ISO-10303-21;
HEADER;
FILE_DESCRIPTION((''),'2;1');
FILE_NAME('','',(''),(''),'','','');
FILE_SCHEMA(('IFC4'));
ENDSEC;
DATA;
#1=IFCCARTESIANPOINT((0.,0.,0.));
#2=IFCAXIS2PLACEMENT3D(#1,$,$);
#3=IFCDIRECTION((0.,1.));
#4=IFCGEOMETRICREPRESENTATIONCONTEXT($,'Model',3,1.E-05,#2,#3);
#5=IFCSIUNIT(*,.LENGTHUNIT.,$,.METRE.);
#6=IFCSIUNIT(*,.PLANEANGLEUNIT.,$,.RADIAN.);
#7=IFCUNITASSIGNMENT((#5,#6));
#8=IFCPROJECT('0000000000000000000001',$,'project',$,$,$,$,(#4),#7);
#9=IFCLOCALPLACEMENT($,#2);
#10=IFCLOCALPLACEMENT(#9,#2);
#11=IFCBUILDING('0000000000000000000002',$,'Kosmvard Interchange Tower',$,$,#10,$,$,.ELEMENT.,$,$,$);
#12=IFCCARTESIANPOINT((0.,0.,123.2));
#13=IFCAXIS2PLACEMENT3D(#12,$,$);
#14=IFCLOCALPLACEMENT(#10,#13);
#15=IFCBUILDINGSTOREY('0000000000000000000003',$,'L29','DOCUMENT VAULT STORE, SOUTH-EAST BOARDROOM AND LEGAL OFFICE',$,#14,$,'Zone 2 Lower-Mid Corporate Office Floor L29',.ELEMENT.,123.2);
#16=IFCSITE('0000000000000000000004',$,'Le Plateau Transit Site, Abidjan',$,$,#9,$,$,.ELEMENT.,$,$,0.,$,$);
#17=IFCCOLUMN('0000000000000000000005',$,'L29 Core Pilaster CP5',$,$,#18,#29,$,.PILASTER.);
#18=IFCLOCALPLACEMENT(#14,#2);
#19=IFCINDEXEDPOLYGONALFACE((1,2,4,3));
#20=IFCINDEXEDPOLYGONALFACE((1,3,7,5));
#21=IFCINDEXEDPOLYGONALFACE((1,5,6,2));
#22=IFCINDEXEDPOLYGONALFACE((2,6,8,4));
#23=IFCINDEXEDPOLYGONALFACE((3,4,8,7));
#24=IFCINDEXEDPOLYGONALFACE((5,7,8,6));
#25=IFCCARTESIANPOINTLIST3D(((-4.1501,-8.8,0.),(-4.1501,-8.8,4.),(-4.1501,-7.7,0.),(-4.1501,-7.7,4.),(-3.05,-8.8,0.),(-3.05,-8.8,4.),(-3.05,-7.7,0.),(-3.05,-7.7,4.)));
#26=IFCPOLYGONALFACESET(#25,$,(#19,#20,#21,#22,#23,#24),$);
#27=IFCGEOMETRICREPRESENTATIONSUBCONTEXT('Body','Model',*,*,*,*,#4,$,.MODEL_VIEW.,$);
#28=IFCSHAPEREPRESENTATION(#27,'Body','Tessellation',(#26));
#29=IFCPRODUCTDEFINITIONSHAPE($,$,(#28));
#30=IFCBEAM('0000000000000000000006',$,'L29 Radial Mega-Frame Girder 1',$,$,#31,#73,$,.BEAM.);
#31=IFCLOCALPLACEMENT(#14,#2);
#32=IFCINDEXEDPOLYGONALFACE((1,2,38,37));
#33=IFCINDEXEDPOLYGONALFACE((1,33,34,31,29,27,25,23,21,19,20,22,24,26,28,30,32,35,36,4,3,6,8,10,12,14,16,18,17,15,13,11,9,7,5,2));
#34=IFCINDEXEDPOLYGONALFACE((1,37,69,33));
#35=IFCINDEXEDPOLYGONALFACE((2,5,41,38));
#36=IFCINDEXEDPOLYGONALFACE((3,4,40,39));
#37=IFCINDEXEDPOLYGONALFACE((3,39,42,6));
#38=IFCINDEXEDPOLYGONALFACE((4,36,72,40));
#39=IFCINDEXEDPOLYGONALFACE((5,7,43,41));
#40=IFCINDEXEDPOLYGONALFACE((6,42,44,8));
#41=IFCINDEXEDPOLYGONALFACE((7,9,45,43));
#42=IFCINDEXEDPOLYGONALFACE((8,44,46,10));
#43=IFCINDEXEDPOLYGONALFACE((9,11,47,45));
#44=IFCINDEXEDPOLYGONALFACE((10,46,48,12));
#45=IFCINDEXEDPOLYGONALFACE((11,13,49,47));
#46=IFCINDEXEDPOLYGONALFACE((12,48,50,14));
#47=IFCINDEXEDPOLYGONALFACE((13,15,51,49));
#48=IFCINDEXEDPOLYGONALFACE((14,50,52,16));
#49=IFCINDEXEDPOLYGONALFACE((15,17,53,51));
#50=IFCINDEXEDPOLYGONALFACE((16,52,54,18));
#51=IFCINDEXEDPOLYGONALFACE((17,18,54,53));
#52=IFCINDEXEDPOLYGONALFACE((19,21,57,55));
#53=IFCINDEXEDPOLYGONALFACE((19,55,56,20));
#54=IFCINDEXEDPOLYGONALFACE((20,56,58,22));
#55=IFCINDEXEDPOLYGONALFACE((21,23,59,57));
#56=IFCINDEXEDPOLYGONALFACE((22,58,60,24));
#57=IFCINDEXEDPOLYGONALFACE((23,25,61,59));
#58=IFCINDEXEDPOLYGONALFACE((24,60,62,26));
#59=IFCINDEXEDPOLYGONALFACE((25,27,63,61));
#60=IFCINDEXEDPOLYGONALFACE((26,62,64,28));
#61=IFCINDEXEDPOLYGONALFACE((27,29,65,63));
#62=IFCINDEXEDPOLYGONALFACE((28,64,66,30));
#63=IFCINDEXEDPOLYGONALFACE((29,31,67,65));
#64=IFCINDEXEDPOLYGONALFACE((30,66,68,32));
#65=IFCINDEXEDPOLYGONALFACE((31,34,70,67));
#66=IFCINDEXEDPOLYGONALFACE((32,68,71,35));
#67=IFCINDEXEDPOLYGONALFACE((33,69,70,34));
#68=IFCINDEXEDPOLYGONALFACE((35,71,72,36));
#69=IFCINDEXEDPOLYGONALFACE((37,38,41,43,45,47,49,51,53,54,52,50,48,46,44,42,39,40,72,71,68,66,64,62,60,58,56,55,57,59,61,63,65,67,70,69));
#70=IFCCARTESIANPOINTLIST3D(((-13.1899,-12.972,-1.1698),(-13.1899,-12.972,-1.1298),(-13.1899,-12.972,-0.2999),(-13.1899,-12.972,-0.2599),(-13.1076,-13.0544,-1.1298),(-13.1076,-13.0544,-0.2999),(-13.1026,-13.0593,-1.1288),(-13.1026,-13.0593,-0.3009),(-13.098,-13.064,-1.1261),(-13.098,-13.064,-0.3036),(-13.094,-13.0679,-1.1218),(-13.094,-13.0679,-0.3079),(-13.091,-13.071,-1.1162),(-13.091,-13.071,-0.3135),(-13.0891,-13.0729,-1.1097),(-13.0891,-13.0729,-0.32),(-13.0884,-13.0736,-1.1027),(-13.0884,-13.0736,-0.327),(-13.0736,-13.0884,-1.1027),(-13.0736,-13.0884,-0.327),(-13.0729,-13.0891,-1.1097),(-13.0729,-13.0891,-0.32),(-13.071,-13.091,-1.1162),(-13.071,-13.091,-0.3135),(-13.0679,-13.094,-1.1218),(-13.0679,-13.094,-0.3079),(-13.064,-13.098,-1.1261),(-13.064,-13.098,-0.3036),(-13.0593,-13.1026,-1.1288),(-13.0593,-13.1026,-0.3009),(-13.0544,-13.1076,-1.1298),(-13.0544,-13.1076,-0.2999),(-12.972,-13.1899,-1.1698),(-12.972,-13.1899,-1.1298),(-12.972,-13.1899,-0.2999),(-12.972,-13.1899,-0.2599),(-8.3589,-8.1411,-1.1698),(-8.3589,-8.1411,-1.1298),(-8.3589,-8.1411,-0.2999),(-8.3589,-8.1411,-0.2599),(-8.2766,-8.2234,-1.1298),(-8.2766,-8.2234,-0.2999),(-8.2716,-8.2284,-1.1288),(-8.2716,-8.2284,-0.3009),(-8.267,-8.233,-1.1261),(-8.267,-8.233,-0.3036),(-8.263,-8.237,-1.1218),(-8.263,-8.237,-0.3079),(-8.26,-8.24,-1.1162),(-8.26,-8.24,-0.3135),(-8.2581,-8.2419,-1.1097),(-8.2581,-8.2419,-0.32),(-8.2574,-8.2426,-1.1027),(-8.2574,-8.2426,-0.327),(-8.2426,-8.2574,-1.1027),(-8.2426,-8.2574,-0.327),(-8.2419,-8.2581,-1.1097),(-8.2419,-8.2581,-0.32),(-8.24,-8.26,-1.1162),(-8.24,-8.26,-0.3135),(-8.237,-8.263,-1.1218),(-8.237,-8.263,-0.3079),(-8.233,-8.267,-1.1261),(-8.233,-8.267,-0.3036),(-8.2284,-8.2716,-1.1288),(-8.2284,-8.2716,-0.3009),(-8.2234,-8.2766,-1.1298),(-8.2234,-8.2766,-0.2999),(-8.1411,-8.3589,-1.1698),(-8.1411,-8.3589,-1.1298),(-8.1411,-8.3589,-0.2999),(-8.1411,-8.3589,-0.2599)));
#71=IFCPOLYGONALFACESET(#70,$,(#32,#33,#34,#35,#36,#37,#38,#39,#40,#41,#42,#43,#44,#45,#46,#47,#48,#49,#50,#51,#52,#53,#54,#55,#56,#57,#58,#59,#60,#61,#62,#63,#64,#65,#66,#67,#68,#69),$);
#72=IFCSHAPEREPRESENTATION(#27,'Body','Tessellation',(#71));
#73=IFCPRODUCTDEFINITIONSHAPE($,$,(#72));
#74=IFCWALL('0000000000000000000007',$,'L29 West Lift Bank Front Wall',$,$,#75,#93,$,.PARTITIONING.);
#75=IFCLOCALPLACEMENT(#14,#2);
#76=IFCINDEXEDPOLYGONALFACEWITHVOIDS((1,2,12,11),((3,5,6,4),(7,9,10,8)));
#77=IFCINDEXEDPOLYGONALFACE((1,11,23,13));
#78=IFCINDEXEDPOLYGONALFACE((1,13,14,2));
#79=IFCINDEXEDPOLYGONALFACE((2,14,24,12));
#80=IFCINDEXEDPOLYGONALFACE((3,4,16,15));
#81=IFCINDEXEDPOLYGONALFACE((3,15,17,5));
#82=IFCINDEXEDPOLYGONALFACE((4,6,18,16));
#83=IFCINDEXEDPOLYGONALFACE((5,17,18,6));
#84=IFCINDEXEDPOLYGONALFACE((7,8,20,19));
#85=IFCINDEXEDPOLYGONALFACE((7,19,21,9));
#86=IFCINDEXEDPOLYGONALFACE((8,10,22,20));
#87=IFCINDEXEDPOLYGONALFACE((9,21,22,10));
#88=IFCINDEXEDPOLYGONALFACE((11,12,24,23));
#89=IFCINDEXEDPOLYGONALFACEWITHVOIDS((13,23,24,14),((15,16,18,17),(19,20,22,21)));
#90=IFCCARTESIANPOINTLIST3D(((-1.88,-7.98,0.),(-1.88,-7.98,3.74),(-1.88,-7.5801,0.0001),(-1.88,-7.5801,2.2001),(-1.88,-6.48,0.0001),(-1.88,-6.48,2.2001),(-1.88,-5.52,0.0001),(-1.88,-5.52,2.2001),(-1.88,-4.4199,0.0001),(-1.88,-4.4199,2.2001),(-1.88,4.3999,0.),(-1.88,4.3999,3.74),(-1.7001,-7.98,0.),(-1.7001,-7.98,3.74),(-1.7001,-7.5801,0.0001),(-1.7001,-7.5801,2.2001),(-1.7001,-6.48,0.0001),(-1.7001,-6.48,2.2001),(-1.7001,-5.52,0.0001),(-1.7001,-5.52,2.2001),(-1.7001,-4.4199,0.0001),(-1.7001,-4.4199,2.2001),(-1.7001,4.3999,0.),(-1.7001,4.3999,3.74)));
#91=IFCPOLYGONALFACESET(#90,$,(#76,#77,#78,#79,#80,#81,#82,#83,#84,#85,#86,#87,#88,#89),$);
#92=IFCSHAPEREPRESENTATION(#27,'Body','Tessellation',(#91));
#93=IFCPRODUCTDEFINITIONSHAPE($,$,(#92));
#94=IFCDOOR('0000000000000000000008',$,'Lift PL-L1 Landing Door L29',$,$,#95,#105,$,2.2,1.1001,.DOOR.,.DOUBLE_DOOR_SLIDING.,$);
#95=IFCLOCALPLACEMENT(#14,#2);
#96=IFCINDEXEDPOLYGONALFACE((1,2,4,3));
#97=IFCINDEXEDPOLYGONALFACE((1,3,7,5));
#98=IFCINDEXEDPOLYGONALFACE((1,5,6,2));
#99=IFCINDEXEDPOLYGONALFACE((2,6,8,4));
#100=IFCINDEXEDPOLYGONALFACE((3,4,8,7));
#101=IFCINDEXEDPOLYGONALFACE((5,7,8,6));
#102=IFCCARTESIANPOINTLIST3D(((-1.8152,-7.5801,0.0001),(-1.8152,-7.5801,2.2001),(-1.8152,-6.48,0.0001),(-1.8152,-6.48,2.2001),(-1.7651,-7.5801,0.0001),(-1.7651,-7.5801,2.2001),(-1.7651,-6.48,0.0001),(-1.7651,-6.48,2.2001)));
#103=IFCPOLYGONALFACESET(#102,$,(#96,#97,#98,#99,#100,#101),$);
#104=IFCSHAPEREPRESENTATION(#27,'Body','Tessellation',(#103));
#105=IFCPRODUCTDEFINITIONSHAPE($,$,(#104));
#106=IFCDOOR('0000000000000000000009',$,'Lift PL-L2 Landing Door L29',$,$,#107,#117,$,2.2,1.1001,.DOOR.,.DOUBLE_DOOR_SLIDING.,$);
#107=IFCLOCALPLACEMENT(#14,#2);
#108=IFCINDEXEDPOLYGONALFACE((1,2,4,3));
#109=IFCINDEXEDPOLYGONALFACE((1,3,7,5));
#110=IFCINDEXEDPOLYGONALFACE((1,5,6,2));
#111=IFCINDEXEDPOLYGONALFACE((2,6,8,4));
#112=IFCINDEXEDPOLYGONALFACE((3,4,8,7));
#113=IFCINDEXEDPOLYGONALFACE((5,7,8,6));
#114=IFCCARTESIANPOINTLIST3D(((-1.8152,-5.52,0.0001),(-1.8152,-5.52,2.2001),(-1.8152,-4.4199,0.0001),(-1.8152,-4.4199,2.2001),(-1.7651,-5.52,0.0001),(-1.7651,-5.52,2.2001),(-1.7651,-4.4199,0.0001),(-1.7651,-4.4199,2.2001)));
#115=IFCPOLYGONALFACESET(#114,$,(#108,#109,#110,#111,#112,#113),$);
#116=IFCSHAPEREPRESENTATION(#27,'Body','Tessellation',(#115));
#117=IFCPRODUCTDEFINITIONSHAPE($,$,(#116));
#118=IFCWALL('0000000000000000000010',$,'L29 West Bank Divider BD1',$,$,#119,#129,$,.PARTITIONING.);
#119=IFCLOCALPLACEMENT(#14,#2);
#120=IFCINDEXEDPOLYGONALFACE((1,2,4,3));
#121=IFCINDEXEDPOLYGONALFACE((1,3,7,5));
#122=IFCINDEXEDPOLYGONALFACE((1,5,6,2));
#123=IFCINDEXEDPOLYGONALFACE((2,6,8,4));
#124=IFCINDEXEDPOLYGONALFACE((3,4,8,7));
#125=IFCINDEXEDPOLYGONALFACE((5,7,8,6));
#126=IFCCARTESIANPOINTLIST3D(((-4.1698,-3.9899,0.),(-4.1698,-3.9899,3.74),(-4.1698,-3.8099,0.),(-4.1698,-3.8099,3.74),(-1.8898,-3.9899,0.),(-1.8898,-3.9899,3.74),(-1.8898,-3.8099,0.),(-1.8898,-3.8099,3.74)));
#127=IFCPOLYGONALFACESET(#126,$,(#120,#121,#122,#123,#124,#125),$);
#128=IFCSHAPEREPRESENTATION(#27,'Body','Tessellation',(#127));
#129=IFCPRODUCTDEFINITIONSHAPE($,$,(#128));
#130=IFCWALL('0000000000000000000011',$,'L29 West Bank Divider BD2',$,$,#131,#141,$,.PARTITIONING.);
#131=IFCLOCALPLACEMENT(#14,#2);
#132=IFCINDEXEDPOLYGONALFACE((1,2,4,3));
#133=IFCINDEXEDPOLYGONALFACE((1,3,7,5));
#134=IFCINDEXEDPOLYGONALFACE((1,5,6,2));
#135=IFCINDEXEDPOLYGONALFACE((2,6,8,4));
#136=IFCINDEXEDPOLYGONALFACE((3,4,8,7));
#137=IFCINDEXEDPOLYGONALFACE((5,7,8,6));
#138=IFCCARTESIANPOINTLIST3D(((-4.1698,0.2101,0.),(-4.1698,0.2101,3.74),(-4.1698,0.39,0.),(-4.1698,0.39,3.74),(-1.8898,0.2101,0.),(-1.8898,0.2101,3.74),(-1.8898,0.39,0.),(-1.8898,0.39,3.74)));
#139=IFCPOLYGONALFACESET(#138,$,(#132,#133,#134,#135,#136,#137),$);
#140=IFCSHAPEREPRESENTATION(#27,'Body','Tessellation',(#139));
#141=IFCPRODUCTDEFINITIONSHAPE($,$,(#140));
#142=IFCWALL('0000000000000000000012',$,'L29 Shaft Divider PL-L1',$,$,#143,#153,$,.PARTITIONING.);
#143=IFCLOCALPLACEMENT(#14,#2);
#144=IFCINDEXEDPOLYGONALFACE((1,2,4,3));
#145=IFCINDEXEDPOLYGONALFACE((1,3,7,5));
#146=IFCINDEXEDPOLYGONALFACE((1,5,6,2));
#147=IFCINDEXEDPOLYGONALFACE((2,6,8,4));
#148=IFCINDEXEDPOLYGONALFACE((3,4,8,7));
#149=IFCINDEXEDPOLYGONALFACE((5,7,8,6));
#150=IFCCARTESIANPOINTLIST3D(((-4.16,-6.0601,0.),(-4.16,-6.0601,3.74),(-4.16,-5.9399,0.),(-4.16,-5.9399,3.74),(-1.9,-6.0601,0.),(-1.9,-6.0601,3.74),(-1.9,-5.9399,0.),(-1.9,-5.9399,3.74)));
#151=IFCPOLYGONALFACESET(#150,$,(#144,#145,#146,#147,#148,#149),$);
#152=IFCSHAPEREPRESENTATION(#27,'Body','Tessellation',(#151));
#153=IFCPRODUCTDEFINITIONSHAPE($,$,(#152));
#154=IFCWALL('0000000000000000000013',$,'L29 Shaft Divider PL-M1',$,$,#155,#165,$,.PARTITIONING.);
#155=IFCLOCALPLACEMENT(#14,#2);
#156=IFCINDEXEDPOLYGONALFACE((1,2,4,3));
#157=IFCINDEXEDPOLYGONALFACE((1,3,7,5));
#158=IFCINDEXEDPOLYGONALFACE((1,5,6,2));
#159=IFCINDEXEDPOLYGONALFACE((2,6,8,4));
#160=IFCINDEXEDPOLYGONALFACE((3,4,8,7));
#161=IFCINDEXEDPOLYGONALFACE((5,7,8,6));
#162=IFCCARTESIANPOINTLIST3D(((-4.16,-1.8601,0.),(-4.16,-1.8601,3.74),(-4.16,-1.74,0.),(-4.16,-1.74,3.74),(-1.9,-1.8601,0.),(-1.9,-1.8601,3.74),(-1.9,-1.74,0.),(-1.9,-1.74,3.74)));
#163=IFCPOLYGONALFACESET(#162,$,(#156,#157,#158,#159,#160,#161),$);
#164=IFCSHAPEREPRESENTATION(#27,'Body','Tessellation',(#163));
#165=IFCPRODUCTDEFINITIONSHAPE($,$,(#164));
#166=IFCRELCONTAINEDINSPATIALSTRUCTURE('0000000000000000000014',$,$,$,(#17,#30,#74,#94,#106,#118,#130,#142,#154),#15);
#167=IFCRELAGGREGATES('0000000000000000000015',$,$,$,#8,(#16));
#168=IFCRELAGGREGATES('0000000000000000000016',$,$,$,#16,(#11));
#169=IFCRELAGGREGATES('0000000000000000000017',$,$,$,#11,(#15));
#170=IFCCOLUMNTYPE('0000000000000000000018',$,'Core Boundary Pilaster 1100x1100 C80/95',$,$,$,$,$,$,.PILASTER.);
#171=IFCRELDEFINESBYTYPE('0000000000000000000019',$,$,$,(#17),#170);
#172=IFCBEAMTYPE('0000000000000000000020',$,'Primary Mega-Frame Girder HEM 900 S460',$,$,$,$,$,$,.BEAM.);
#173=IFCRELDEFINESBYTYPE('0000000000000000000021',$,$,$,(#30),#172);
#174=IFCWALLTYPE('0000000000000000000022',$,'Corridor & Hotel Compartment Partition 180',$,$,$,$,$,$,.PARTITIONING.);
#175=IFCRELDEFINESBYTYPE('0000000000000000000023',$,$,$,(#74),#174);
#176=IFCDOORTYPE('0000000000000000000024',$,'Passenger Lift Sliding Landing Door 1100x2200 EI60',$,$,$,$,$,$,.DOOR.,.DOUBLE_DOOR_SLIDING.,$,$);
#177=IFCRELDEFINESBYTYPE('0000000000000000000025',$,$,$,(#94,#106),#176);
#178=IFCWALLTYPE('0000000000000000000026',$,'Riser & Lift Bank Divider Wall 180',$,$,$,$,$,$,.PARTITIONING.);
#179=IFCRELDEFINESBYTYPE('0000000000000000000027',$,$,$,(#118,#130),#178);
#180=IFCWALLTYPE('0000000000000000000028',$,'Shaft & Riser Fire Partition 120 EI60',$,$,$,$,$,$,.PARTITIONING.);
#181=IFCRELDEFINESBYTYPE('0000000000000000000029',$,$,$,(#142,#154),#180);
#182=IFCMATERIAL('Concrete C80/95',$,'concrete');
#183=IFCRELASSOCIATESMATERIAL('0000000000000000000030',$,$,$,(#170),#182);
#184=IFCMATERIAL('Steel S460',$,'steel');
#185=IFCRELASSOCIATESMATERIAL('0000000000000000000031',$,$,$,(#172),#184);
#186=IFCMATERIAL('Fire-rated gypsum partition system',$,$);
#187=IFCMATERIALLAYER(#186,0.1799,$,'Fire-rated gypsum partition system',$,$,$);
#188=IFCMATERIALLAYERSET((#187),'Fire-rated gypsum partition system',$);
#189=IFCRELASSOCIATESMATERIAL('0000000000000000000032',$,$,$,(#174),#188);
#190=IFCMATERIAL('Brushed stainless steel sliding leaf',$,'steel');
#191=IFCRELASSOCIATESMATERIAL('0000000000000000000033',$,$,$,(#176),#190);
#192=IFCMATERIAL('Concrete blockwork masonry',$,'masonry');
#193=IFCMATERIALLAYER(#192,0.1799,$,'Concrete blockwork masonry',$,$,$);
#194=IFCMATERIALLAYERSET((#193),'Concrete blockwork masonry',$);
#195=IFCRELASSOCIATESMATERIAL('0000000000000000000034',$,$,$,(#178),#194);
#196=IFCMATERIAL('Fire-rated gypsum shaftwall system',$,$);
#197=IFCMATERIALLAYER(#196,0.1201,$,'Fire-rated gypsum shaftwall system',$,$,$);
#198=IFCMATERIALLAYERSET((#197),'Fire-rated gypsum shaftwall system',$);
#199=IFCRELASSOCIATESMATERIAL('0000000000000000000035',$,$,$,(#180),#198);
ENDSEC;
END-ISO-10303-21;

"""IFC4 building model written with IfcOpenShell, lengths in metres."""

from ifc_helpers import new_model, si_unit, direction, frame, frame_2d, origin, origin_2d, place, context, subcontext, project, spatial, rectangle, i_section, extrude, source, transform, mapped, material, layer, layer_set, material_profile, profile_set, type_object, element, fill, save


model = new_model("IFC4")

# Units and contexts
model_context = context("Model", 3, precision=1e-05, world=origin(), true_north=direction((0.0, 1.0)))
body_context = subcontext(model_context, "Body", "Model", "MODEL_VIEW")
ifc_project = project(units=[si_unit("LENGTHUNIT", "METRE"), si_unit("PLANEANGLEUNIT", "RADIAN")], contexts=[model_context])

# Site, building, storey
site_placement = place(None, origin())
site = spatial("IfcSite", under=ifc_project, at=site_placement, Name="Le Plateau Transit Site, Abidjan", CompositionType="ELEMENT", RefElevation=0.0)
building_placement = place(site_placement, origin())
building = spatial("IfcBuilding", under=site, at=building_placement, Name="Kosmvard Interchange Tower", CompositionType="ELEMENT")
storey_placement = place(building_placement, frame((0.0, 0.0, 123.2)))
storey = spatial("IfcBuildingStorey", under=building, at=storey_placement, Name="L29", Description="DOCUMENT VAULT STORE, SOUTH-EAST BOARDROOM AND LEGAL OFFICE", LongName="Zone 2 Lower-Mid Corporate Office Floor L29", CompositionType="ELEMENT", Elevation=123.2)

# Column
ifc_material_1 = material(Name="Concrete C80/95", Category="concrete")
ifc_material_profile_1 = material_profile(ifc_material_1, rectangle(XDim=1.1001, YDim=1.1001, at=origin_2d()), Name="CP 1100x1100")
ifc_profile_set_1 = profile_set([ifc_material_profile_1], Name="Concrete C80/95")
column_type = type_object("IfcColumnType", Name="Core Boundary Pilaster 1100x1100 C80/95", PredefinedType="PILASTER", material=ifc_profile_set_1)
shared_shape_1 = source(origin(), body_context, "Body", "SweptSolid", [
    extrude(rectangle(XDim=1.1001, YDim=1.1001, at=origin_2d()), origin(), (0.0, 0.0, 1.0), 4.0),
])
column_placement = place(storey_placement, frame((-3.6001, -8.25, 0.0), z_axis=(0.0, 0.0, 1.0), x_axis=(1.0, 0.0, 0.0)))
element("IfcColumn", 1, at=column_placement, inside=storey, type_object=column_type, Name="L29 Core Pilaster CP5", PredefinedType="PILASTER", context=body_context, shape_type="MappedRepresentation", body=[
    mapped(shared_shape_1, transform((0.0, 0.0, 0.0), scale=1.0)),
])

# Beam
ifc_material_2 = material(Name="Steel S460", Category="steel")
ifc_material_profile_2 = material_profile(ifc_material_2, i_section(OverallWidth=0.3081, OverallDepth=0.9099, WebThickness=0.021, FlangeThickness=0.04, FilletRadius=0.0271, at=origin_2d()), Name="HEM 900")
ifc_profile_set_2 = profile_set([ifc_material_profile_2], Name="Steel S460")
beam_type = type_object("IfcBeamType", Name="Primary Mega-Frame Girder HEM 900 S460", PredefinedType="BEAM", material=ifc_profile_set_2)
shared_shape_2 = source(origin(), body_context, "Body", "SweptSolid", [
    extrude(i_section(OverallWidth=0.3081, OverallDepth=0.9099, WebThickness=0.021, FlangeThickness=0.04, FilletRadius=0.0271, at=origin_2d()), origin(), (0.0, 0.0, 1.0), 6.832),
])
beam_placement = place(storey_placement, frame((-8.25, -8.25, -0.7148), z_axis=(-0.707107, -0.707107, 0.0), x_axis=(0.707107, -0.707107, 0.0)))
element("IfcBeam", 2, at=beam_placement, inside=storey, type_object=beam_type, Name="L29 Radial Mega-Frame Girder 1", PredefinedType="BEAM", context=body_context, shape_type="MappedRepresentation", body=[
    mapped(shared_shape_2, transform((0.0, 0.0, 0.0), scale=1.0)),
])

# Wall, openings, doors
ifc_material_3 = material(Name="Fire-rated gypsum partition system")
ifc_layer_1 = layer(ifc_material_3, 0.1799, Name="Fire-rated gypsum partition system")
ifc_layer_set_1 = layer_set([ifc_layer_1], Name="Fire-rated gypsum partition system")
wall_type_1 = type_object("IfcWallType", Name="Corridor & Hotel Compartment Partition 180", PredefinedType="PARTITIONING", material=ifc_layer_set_1)
wall_1_placement = place(storey_placement, frame((-1.79, -7.98, 0.0), z_axis=(0.0, 0.0, 1.0), x_axis=(0.0, 1.0, 0.0)))
wall_1 = element("IfcWall", 3, at=wall_1_placement, inside=storey, type_object=wall_type_1, Name="L29 West Lift Bank Front Wall", PredefinedType="PARTITIONING", context=body_context, shape_type="SweptSolid", body=[
    extrude(rectangle(XDim=12.3799, YDim=0.1799, at=frame_2d((6.1899, 0.0))), origin(), (0.0, 0.0, 1.0), 3.74),
])
opening_1_placement = place(wall_1_placement, frame((0.3999, 0.0, 0.0)))
opening_1 = element("IfcOpeningElement", 4, at=opening_1_placement, cuts=wall_1, PredefinedType="OPENING", context=body_context, shape_type="SweptSolid", body=[
    extrude(rectangle(XDim=1.1001, YDim=2.2, at=frame_2d((0.55, 1.1001))), frame((0.0, 0.1001, 0.0), z_axis=(0.0, -1.0, 0.0), x_axis=(1.0, 0.0, 0.0)), (0.0, 0.0, 1.0), 0.2),
])
opening_2_placement = place(wall_1_placement, frame((2.46, 0.0, 0.0)))
opening_2 = element("IfcOpeningElement", 5, at=opening_2_placement, cuts=wall_1, PredefinedType="OPENING", context=body_context, shape_type="SweptSolid", body=[
    extrude(rectangle(XDim=1.1001, YDim=2.2, at=frame_2d((0.55, 1.1001))), frame((0.0, 0.1001, 0.0), z_axis=(0.0, -1.0, 0.0), x_axis=(1.0, 0.0, 0.0)), (0.0, 0.0, 1.0), 0.2),
])
ifc_material_4 = material(Name="Brushed stainless steel sliding leaf", Category="steel")
door_type_1 = type_object("IfcDoorType", Name="Passenger Lift Sliding Landing Door 1100x2200 EI60", OperationType="DOUBLE_DOOR_SLIDING", PredefinedType="DOOR", material=ifc_material_4)
shared_shape_3 = source(origin(), body_context, "Body", "SweptSolid", [
    extrude(rectangle(XDim=1.1001, YDim=2.2, at=frame_2d((0.55, 1.1001))), frame((0.0, 0.0249, 0.0), z_axis=(0.0, -1.0, 0.0), x_axis=(1.0, 0.0, 0.0)), (0.0, 0.0, 1.0), 0.05),
])
door_1_placement = place(opening_1_placement, frame((1.1001, 0.0, 0.0), z_axis=(0.0, 0.0, 1.0), x_axis=(-1.0, 0.0, 0.0)))
door_1 = element("IfcDoor", 6, at=door_1_placement, inside=storey, type_object=door_type_1, Name="Lift PL-L1 Landing Door L29", OperationType="DOUBLE_DOOR_SLIDING", OverallHeight=2.2, OverallWidth=1.1001, PredefinedType="DOOR", context=body_context, shape_type="MappedRepresentation", body=[
    mapped(shared_shape_3, transform((0.0, 0.0, 0.0), scale=1.0)),
])
fill(opening_1, door_1)
door_2_placement = place(opening_2_placement, frame((1.1001, 0.0, 0.0), z_axis=(0.0, 0.0, 1.0), x_axis=(-1.0, 0.0, 0.0)))
door_2 = element("IfcDoor", 7, at=door_2_placement, inside=storey, type_object=door_type_1, Name="Lift PL-L2 Landing Door L29", OperationType="DOUBLE_DOOR_SLIDING", OverallHeight=2.2, OverallWidth=1.1001, PredefinedType="DOOR", context=body_context, shape_type="MappedRepresentation", body=[
    mapped(shared_shape_3, transform((0.0, 0.0, 0.0), scale=1.0)),
])
fill(opening_2, door_2)

# Walls
ifc_material_5 = material(Name="Concrete blockwork masonry", Category="masonry")
ifc_layer_2 = layer(ifc_material_5, 0.1799, Name="Concrete blockwork masonry")
ifc_layer_set_2 = layer_set([ifc_layer_2], Name="Concrete blockwork masonry")
wall_type_2 = type_object("IfcWallType", Name="Riser & Lift Bank Divider Wall 180", PredefinedType="PARTITIONING", material=ifc_layer_set_2)
for number, where, z_axis, x_axis, name in (
    (8, (-4.1699, -3.8999, 0.0), (0.0, 0.0, 1.0), (1.0, 0.0, 0.0), "L29 West Bank Divider BD1"),
    (9, (-4.1699, 0.3, 0.0), (0.0, 0.0, 1.0), (1.0, 0.0, 0.0), "L29 West Bank Divider BD2"),
):
    element("IfcWall", number, at=place(storey_placement, frame(where, z_axis=z_axis, x_axis=x_axis)), inside=storey, type_object=wall_type_2, Name=name, PredefinedType="PARTITIONING", context=body_context, shape_type="SweptSolid", body=[
        extrude(rectangle(XDim=2.28, YDim=0.1799, at=frame_2d((1.1401, 0.0))), origin(), (0.0, 0.0, 1.0), 3.74),
    ])
ifc_material_6 = material(Name="Fire-rated gypsum shaftwall system")
ifc_layer_3 = layer(ifc_material_6, 0.1201, Name="Fire-rated gypsum shaftwall system")
ifc_layer_set_3 = layer_set([ifc_layer_3], Name="Fire-rated gypsum shaftwall system")
wall_type_3 = type_object("IfcWallType", Name="Shaft & Riser Fire Partition 120 EI60", PredefinedType="PARTITIONING", material=ifc_layer_set_3)
for number, where, z_axis, x_axis, name in (
    (10, (-4.1599, -6.0, 0.0), (0.0, 0.0, 1.0), (1.0, 0.0, 0.0), "L29 Shaft Divider PL-L1"),
    (11, (-4.1599, -1.8, 0.0), (0.0, 0.0, 1.0), (1.0, 0.0, 0.0), "L29 Shaft Divider PL-M1"),
):
    element("IfcWall", number, at=place(storey_placement, frame(where, z_axis=z_axis, x_axis=x_axis)), inside=storey, type_object=wall_type_3, Name=name, PredefinedType="PARTITIONING", context=body_context, shape_type="SweptSolid", body=[
        extrude(rectangle(XDim=2.26, YDim=0.1201, at=frame_2d((1.1299, 0.0))), origin(), (0.0, 0.0, 1.0), 3.74),
    ])

save(model, "model.ifc")
